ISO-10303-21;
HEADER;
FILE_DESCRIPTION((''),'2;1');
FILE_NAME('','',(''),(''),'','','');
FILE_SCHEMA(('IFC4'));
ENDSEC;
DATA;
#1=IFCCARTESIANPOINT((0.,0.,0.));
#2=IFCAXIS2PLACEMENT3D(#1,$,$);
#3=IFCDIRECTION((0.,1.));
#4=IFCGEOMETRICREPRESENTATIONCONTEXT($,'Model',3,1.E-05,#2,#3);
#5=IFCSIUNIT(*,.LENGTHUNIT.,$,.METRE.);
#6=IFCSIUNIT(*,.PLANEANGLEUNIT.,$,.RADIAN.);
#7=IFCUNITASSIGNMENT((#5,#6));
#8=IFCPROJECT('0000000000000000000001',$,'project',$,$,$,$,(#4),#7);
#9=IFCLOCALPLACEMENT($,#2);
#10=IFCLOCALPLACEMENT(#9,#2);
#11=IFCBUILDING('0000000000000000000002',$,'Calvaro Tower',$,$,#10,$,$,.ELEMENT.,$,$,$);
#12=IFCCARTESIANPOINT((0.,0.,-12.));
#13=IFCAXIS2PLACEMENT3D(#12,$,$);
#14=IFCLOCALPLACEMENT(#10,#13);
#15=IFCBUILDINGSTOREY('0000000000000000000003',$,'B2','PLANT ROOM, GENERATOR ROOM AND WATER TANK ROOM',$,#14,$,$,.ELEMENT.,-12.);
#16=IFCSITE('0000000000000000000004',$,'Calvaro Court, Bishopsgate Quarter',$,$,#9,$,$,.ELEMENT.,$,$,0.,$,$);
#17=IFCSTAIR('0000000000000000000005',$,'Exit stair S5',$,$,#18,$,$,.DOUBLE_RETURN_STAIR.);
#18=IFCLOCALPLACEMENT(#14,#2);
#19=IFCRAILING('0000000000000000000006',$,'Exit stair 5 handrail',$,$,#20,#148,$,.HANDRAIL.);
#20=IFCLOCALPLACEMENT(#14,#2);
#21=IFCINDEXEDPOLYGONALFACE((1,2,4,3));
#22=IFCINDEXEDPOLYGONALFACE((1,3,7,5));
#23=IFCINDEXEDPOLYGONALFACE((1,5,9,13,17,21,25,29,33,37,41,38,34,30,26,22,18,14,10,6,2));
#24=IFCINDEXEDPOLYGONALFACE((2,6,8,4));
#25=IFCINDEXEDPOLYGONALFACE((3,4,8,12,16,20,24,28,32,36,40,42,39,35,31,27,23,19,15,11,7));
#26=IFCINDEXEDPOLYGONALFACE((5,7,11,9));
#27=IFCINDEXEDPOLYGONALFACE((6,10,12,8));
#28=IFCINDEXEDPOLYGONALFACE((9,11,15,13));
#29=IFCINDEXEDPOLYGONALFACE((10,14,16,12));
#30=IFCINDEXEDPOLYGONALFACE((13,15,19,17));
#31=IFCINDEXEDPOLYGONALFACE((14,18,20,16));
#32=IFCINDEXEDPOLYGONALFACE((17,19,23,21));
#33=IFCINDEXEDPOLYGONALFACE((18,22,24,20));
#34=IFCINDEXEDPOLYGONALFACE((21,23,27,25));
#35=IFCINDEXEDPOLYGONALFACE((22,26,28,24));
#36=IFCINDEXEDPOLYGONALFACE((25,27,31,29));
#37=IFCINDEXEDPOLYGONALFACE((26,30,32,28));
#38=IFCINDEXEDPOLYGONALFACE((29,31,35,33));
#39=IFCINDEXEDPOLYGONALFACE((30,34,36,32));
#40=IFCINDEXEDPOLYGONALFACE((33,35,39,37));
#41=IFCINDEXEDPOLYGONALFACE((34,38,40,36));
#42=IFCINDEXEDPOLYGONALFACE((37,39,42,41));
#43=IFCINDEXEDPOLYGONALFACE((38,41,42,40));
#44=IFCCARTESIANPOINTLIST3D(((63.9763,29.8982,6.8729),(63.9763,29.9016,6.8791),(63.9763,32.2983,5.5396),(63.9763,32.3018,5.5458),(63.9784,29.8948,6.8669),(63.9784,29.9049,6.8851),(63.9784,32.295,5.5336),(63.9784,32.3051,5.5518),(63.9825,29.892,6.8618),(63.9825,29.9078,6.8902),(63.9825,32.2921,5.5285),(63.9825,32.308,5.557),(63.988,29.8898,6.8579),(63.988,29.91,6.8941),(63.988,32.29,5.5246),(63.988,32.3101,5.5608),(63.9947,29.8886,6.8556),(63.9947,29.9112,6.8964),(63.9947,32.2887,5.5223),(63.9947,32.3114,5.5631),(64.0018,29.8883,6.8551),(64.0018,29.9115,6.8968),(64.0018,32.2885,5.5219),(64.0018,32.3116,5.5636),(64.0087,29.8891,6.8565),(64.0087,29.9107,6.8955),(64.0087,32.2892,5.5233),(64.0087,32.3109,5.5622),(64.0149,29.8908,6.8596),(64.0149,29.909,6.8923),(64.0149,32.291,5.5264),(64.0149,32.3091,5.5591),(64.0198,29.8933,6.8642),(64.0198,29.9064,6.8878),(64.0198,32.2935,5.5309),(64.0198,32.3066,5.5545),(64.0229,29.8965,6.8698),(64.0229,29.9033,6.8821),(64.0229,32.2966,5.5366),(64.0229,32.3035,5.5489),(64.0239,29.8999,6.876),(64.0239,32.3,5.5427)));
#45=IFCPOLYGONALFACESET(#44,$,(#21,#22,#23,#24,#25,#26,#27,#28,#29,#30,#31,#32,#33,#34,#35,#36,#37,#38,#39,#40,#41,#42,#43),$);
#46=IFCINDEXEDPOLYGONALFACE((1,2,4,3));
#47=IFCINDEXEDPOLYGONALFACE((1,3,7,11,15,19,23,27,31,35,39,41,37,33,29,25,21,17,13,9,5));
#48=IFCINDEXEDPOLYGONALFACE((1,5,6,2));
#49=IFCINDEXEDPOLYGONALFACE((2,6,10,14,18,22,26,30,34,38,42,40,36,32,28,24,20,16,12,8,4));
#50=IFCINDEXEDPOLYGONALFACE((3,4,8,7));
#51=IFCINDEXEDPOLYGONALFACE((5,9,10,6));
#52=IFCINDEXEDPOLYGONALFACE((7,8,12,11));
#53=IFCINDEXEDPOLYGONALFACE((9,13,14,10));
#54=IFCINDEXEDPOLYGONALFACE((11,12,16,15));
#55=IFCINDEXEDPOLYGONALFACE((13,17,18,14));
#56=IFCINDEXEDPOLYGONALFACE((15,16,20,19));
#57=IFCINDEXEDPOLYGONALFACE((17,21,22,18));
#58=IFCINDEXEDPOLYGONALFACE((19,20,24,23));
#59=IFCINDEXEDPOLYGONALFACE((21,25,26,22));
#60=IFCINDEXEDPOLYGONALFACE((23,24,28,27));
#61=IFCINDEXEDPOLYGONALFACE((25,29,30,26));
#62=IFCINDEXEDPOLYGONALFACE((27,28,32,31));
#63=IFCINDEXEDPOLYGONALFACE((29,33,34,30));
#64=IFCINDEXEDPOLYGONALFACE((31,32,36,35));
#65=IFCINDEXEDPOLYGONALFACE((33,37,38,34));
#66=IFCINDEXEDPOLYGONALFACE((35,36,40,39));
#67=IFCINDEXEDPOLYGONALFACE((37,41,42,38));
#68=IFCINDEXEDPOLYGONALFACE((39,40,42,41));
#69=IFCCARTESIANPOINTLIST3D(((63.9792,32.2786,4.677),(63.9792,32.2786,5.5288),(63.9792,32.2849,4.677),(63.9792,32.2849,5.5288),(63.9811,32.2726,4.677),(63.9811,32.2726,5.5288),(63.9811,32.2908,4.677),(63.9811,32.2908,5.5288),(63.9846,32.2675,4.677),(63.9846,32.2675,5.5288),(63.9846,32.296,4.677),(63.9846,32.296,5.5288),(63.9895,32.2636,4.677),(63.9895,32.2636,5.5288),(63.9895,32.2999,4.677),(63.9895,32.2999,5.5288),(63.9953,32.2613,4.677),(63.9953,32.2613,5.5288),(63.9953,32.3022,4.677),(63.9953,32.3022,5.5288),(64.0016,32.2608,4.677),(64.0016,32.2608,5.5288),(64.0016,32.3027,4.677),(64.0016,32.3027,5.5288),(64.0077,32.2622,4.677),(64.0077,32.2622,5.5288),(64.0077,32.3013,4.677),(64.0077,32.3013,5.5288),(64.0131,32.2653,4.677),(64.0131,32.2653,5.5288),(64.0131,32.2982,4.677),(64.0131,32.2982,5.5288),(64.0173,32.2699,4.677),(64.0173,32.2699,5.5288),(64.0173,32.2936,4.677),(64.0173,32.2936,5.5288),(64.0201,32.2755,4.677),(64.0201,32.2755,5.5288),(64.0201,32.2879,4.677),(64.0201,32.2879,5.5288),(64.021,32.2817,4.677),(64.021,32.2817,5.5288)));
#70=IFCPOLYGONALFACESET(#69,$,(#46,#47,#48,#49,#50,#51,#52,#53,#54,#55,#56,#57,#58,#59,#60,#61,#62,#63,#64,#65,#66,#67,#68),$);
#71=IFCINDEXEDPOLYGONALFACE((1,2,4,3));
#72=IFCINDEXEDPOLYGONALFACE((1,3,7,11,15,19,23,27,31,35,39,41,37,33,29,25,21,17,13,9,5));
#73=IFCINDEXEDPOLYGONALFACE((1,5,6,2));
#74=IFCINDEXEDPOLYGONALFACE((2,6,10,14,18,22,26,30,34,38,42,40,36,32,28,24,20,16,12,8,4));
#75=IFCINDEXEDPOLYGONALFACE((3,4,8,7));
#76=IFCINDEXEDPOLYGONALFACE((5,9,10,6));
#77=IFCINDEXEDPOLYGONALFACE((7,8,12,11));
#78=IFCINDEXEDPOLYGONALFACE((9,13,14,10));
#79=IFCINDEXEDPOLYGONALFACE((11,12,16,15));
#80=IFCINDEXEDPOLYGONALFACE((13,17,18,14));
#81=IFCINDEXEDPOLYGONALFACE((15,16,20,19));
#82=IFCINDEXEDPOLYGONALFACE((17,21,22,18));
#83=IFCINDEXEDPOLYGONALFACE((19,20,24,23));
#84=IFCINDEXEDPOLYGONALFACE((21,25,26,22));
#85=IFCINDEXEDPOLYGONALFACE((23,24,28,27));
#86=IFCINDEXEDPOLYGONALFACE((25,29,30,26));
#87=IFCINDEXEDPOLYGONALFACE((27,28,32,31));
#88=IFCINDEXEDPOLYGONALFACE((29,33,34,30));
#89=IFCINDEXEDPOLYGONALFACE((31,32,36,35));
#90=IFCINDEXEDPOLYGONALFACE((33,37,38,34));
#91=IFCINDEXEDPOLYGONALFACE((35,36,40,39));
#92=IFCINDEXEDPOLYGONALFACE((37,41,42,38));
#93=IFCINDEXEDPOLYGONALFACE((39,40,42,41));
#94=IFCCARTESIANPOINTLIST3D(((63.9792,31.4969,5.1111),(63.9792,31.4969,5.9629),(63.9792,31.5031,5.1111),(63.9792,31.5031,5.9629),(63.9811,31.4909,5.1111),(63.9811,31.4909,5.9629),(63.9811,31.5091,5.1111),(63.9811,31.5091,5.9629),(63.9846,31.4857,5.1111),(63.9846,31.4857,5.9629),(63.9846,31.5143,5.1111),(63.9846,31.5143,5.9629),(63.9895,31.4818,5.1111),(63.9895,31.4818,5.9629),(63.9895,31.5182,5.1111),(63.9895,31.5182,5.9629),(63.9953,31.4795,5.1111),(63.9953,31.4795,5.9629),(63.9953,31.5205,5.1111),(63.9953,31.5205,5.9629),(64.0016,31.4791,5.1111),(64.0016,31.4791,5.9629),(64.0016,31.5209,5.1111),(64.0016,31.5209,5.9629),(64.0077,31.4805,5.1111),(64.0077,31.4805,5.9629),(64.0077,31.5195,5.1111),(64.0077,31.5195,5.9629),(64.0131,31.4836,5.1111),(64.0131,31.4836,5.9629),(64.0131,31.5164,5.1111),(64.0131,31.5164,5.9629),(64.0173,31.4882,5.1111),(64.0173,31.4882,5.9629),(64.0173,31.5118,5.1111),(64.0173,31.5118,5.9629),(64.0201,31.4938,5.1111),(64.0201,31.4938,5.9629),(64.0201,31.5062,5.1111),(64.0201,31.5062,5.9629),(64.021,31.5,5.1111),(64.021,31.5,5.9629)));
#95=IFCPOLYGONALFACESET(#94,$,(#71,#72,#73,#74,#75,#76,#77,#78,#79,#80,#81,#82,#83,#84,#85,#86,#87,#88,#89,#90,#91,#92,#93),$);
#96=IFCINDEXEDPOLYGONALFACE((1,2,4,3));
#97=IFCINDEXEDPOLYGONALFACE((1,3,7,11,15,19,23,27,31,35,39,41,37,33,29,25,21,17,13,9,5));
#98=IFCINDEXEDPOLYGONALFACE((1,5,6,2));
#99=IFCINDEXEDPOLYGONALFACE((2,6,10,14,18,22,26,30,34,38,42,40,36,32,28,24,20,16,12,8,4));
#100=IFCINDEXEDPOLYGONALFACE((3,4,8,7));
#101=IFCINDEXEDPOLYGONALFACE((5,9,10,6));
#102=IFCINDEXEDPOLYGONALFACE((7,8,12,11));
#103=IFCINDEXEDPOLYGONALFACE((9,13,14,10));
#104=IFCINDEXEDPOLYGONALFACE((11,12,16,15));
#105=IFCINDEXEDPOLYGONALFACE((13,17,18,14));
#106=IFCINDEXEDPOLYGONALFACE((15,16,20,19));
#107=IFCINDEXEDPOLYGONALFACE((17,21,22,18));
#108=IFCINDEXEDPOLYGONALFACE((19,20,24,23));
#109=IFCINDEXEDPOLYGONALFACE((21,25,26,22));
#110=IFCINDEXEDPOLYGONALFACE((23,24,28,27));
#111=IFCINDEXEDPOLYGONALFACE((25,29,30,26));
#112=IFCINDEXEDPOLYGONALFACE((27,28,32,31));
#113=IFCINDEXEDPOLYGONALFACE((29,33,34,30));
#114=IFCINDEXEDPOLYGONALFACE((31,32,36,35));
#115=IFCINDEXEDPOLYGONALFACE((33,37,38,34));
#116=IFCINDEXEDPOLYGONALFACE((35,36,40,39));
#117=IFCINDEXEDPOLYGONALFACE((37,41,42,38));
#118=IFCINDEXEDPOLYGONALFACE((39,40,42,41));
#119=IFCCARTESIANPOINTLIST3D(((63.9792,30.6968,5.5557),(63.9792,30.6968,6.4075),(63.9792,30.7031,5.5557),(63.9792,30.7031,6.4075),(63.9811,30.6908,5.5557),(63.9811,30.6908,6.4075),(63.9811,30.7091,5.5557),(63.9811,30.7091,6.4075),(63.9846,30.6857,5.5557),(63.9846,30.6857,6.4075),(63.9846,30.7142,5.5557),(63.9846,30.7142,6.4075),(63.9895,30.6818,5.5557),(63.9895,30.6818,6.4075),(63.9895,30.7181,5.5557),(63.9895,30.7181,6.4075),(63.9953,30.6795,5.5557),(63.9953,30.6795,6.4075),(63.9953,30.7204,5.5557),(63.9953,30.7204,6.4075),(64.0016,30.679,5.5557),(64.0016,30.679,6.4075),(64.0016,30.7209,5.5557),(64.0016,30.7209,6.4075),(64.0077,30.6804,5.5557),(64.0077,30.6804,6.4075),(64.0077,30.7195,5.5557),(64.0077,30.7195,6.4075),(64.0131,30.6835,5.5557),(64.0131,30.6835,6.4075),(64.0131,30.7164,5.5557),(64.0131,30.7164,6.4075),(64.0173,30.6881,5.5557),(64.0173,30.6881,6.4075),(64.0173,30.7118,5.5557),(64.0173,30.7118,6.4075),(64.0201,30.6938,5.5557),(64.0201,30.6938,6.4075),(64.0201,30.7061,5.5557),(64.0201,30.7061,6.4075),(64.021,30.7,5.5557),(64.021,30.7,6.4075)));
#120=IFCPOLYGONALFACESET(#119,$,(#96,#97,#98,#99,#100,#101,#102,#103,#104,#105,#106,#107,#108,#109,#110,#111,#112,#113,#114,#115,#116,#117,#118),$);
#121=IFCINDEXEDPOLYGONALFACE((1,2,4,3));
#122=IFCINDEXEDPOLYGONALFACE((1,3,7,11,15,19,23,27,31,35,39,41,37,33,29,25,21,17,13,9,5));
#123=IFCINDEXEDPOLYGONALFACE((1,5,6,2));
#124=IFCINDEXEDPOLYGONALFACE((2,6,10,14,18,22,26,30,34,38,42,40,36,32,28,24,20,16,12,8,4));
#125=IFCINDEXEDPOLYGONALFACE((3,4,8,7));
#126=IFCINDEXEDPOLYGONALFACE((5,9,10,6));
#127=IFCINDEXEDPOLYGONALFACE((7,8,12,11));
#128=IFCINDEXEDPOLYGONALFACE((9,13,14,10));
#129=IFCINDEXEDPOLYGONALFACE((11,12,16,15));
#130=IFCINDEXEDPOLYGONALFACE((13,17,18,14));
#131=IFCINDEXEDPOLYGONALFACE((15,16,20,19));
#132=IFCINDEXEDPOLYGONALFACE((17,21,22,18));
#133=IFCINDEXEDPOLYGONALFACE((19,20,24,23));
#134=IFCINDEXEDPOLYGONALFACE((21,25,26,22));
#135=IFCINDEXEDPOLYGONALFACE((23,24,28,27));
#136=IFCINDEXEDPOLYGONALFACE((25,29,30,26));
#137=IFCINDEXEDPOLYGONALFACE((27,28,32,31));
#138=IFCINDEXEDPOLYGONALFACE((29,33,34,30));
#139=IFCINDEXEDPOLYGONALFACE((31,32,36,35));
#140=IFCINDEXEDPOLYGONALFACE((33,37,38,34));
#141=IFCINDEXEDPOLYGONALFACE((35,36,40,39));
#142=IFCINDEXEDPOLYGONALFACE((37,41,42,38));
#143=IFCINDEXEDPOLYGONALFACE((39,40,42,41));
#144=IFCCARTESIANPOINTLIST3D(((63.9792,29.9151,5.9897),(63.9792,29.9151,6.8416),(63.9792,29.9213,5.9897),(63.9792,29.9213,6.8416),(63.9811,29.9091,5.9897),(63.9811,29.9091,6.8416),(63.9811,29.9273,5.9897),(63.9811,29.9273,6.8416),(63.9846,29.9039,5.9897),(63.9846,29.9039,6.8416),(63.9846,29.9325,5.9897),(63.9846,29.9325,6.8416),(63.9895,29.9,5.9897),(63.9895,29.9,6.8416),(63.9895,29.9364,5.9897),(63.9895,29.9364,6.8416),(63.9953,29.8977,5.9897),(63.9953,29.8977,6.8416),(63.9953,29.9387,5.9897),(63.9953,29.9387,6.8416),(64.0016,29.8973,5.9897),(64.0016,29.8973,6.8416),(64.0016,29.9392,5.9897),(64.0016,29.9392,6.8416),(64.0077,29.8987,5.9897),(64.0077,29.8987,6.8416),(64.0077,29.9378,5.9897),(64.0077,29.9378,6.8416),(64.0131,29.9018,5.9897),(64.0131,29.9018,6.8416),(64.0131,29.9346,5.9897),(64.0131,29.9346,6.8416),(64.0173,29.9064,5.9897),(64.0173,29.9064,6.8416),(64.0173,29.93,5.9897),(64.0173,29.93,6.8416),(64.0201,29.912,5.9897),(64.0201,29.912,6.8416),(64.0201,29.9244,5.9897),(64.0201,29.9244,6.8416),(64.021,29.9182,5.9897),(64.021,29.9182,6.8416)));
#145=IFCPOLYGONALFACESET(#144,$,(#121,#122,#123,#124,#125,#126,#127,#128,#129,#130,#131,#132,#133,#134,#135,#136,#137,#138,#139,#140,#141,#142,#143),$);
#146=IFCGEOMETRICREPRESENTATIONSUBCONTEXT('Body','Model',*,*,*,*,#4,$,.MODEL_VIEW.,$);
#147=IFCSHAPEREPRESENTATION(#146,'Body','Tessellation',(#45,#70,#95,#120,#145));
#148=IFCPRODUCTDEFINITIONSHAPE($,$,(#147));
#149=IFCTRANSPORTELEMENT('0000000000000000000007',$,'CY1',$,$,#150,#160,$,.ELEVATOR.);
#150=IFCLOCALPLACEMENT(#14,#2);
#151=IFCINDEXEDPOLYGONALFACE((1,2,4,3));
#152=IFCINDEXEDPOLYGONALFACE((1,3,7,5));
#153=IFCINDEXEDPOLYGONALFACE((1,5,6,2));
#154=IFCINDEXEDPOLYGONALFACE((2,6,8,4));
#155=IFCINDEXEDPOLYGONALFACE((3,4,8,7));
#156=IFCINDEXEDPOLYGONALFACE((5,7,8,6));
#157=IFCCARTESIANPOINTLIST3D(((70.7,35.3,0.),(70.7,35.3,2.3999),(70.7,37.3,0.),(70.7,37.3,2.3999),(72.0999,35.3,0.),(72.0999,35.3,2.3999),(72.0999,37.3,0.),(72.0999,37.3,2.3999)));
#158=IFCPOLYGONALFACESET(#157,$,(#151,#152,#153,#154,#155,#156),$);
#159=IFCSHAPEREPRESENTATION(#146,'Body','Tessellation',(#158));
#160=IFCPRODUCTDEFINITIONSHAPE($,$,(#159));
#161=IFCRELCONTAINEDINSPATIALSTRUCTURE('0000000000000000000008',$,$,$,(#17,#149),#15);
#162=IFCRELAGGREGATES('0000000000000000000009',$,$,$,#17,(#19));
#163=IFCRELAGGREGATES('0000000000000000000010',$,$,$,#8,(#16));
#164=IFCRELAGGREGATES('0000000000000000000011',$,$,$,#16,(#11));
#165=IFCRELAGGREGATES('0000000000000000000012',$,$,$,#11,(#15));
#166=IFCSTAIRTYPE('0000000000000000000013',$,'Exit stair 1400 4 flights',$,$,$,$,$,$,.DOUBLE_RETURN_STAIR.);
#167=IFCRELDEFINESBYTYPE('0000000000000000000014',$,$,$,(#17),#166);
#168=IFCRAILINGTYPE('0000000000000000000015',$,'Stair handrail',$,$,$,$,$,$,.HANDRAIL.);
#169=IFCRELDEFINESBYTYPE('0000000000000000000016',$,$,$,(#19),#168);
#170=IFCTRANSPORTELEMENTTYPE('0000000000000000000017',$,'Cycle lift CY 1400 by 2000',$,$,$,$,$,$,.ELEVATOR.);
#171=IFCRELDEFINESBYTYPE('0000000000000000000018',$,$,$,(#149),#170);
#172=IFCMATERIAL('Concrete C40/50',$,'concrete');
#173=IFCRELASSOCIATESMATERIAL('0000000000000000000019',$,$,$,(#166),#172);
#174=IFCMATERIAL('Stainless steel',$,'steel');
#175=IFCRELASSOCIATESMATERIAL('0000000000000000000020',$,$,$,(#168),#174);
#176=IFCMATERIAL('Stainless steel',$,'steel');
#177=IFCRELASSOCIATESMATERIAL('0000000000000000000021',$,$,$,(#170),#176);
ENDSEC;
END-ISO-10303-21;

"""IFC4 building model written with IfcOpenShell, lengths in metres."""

from ifc_helpers import new_model, si_unit, direction, frame, origin, origin_2d, place, context, subcontext, project, spatial, rectangle, circle, extrude, material, type_object, element, aggregate, save


model = new_model("IFC4")

# Units and contexts
model_context = context("Model", 3, precision=1e-05, world=origin(), true_north=direction((0.0, 1.0)))
body_context = subcontext(model_context, "Body", "Model", "MODEL_VIEW")
ifc_project = project(units=[si_unit("LENGTHUNIT", "METRE"), si_unit("PLANEANGLEUNIT", "RADIAN")], contexts=[model_context])

# Site, building, storey
site_placement = place(None, origin())
site = spatial("IfcSite", under=ifc_project, at=site_placement, Name="Calvaro Court, Bishopsgate Quarter", CompositionType="ELEMENT", RefElevation=0.0)
building_placement = place(site_placement, origin())
building = spatial("IfcBuilding", under=site, at=building_placement, Name="Calvaro Tower", CompositionType="ELEMENT")
storey_placement = place(building_placement, frame((0.0, 0.0, -12.0)))
storey = spatial("IfcBuildingStorey", under=building, at=storey_placement, Name="B2", Description="PLANT ROOM, GENERATOR ROOM AND WATER TANK ROOM", CompositionType="ELEMENT", Elevation=-12.0)

# Stair, railing
ifc_material_1 = material(Name="Concrete C40/50", Category="concrete")
stair_type = type_object("IfcStairType", Name="Exit stair 1400 4 flights", PredefinedType="DOUBLE_RETURN_STAIR", material=ifc_material_1)
stair_placement = place(storey_placement, origin())
stair = element("IfcStair", 1, at=stair_placement, inside=storey, type_object=stair_type, Name="Exit stair S5", PredefinedType="DOUBLE_RETURN_STAIR")
ifc_material_2 = material(Name="Stainless steel", Category="steel")
railing_type = type_object("IfcRailingType", Name="Stair handrail", PredefinedType="HANDRAIL", material=ifc_material_2)
railing_1_placement = place(storey_placement, frame((64.0, 32.3, 4.6667)))
railing_1 = element("IfcRailing", 2, at=railing_1_placement, type_object=railing_type, Name="Exit stair 5 handrail", PredefinedType="HANDRAIL", context=body_context, shape_type="SweptSolid", body=[
    extrude(circle(Radius=0.0239, at=origin_2d()), frame((0.0, 0.0, 0.876), z_axis=(0.0, -0.874182, 0.485598), x_axis=(1.0, 0.0, 0.0)), (0.0, 0.0, 1.0), 2.7456),
    extrude(circle(Radius=0.021, at=origin_2d()), frame((0.0, -0.0183, 0.0103)), (0.0, 0.0, 1.0), 0.8518),
    extrude(circle(Radius=0.021, at=origin_2d()), frame((0.0, -0.8, 0.4443)), (0.0, 0.0, 1.0), 0.8518),
    extrude(circle(Radius=0.021, at=origin_2d()), frame((0.0, -1.6001, 0.8889)), (0.0, 0.0, 1.0), 0.8518),
    extrude(circle(Radius=0.021, at=origin_2d()), frame((0.0, -2.3818, 1.323)), (0.0, 0.0, 1.0), 0.8518),
])
aggregate(stair, [railing_1])

# Transport element
ifc_material_3 = material(Name="Stainless steel", Category="steel")
transport_element_type = type_object("IfcTransportElementType", Name="Cycle lift CY 1400 by 2000", PredefinedType="ELEVATOR", material=ifc_material_3)
transport_element_placement = place(storey_placement, frame((71.3999, 36.3, 0.0), z_axis=(0.0, 0.0, 1.0), x_axis=(1.0, 0.0, 0.0)))
element("IfcTransportElement", 3, at=transport_element_placement, inside=storey, type_object=transport_element_type, Name="CY1", PredefinedType="ELEVATOR", context=body_context, shape_type="SweptSolid", body=[
    extrude(rectangle(XDim=1.3999, YDim=2.0, at=origin_2d()), origin(), (0.0, 0.0, 1.0), 2.3999),
])

save(model, "model.ifc")
